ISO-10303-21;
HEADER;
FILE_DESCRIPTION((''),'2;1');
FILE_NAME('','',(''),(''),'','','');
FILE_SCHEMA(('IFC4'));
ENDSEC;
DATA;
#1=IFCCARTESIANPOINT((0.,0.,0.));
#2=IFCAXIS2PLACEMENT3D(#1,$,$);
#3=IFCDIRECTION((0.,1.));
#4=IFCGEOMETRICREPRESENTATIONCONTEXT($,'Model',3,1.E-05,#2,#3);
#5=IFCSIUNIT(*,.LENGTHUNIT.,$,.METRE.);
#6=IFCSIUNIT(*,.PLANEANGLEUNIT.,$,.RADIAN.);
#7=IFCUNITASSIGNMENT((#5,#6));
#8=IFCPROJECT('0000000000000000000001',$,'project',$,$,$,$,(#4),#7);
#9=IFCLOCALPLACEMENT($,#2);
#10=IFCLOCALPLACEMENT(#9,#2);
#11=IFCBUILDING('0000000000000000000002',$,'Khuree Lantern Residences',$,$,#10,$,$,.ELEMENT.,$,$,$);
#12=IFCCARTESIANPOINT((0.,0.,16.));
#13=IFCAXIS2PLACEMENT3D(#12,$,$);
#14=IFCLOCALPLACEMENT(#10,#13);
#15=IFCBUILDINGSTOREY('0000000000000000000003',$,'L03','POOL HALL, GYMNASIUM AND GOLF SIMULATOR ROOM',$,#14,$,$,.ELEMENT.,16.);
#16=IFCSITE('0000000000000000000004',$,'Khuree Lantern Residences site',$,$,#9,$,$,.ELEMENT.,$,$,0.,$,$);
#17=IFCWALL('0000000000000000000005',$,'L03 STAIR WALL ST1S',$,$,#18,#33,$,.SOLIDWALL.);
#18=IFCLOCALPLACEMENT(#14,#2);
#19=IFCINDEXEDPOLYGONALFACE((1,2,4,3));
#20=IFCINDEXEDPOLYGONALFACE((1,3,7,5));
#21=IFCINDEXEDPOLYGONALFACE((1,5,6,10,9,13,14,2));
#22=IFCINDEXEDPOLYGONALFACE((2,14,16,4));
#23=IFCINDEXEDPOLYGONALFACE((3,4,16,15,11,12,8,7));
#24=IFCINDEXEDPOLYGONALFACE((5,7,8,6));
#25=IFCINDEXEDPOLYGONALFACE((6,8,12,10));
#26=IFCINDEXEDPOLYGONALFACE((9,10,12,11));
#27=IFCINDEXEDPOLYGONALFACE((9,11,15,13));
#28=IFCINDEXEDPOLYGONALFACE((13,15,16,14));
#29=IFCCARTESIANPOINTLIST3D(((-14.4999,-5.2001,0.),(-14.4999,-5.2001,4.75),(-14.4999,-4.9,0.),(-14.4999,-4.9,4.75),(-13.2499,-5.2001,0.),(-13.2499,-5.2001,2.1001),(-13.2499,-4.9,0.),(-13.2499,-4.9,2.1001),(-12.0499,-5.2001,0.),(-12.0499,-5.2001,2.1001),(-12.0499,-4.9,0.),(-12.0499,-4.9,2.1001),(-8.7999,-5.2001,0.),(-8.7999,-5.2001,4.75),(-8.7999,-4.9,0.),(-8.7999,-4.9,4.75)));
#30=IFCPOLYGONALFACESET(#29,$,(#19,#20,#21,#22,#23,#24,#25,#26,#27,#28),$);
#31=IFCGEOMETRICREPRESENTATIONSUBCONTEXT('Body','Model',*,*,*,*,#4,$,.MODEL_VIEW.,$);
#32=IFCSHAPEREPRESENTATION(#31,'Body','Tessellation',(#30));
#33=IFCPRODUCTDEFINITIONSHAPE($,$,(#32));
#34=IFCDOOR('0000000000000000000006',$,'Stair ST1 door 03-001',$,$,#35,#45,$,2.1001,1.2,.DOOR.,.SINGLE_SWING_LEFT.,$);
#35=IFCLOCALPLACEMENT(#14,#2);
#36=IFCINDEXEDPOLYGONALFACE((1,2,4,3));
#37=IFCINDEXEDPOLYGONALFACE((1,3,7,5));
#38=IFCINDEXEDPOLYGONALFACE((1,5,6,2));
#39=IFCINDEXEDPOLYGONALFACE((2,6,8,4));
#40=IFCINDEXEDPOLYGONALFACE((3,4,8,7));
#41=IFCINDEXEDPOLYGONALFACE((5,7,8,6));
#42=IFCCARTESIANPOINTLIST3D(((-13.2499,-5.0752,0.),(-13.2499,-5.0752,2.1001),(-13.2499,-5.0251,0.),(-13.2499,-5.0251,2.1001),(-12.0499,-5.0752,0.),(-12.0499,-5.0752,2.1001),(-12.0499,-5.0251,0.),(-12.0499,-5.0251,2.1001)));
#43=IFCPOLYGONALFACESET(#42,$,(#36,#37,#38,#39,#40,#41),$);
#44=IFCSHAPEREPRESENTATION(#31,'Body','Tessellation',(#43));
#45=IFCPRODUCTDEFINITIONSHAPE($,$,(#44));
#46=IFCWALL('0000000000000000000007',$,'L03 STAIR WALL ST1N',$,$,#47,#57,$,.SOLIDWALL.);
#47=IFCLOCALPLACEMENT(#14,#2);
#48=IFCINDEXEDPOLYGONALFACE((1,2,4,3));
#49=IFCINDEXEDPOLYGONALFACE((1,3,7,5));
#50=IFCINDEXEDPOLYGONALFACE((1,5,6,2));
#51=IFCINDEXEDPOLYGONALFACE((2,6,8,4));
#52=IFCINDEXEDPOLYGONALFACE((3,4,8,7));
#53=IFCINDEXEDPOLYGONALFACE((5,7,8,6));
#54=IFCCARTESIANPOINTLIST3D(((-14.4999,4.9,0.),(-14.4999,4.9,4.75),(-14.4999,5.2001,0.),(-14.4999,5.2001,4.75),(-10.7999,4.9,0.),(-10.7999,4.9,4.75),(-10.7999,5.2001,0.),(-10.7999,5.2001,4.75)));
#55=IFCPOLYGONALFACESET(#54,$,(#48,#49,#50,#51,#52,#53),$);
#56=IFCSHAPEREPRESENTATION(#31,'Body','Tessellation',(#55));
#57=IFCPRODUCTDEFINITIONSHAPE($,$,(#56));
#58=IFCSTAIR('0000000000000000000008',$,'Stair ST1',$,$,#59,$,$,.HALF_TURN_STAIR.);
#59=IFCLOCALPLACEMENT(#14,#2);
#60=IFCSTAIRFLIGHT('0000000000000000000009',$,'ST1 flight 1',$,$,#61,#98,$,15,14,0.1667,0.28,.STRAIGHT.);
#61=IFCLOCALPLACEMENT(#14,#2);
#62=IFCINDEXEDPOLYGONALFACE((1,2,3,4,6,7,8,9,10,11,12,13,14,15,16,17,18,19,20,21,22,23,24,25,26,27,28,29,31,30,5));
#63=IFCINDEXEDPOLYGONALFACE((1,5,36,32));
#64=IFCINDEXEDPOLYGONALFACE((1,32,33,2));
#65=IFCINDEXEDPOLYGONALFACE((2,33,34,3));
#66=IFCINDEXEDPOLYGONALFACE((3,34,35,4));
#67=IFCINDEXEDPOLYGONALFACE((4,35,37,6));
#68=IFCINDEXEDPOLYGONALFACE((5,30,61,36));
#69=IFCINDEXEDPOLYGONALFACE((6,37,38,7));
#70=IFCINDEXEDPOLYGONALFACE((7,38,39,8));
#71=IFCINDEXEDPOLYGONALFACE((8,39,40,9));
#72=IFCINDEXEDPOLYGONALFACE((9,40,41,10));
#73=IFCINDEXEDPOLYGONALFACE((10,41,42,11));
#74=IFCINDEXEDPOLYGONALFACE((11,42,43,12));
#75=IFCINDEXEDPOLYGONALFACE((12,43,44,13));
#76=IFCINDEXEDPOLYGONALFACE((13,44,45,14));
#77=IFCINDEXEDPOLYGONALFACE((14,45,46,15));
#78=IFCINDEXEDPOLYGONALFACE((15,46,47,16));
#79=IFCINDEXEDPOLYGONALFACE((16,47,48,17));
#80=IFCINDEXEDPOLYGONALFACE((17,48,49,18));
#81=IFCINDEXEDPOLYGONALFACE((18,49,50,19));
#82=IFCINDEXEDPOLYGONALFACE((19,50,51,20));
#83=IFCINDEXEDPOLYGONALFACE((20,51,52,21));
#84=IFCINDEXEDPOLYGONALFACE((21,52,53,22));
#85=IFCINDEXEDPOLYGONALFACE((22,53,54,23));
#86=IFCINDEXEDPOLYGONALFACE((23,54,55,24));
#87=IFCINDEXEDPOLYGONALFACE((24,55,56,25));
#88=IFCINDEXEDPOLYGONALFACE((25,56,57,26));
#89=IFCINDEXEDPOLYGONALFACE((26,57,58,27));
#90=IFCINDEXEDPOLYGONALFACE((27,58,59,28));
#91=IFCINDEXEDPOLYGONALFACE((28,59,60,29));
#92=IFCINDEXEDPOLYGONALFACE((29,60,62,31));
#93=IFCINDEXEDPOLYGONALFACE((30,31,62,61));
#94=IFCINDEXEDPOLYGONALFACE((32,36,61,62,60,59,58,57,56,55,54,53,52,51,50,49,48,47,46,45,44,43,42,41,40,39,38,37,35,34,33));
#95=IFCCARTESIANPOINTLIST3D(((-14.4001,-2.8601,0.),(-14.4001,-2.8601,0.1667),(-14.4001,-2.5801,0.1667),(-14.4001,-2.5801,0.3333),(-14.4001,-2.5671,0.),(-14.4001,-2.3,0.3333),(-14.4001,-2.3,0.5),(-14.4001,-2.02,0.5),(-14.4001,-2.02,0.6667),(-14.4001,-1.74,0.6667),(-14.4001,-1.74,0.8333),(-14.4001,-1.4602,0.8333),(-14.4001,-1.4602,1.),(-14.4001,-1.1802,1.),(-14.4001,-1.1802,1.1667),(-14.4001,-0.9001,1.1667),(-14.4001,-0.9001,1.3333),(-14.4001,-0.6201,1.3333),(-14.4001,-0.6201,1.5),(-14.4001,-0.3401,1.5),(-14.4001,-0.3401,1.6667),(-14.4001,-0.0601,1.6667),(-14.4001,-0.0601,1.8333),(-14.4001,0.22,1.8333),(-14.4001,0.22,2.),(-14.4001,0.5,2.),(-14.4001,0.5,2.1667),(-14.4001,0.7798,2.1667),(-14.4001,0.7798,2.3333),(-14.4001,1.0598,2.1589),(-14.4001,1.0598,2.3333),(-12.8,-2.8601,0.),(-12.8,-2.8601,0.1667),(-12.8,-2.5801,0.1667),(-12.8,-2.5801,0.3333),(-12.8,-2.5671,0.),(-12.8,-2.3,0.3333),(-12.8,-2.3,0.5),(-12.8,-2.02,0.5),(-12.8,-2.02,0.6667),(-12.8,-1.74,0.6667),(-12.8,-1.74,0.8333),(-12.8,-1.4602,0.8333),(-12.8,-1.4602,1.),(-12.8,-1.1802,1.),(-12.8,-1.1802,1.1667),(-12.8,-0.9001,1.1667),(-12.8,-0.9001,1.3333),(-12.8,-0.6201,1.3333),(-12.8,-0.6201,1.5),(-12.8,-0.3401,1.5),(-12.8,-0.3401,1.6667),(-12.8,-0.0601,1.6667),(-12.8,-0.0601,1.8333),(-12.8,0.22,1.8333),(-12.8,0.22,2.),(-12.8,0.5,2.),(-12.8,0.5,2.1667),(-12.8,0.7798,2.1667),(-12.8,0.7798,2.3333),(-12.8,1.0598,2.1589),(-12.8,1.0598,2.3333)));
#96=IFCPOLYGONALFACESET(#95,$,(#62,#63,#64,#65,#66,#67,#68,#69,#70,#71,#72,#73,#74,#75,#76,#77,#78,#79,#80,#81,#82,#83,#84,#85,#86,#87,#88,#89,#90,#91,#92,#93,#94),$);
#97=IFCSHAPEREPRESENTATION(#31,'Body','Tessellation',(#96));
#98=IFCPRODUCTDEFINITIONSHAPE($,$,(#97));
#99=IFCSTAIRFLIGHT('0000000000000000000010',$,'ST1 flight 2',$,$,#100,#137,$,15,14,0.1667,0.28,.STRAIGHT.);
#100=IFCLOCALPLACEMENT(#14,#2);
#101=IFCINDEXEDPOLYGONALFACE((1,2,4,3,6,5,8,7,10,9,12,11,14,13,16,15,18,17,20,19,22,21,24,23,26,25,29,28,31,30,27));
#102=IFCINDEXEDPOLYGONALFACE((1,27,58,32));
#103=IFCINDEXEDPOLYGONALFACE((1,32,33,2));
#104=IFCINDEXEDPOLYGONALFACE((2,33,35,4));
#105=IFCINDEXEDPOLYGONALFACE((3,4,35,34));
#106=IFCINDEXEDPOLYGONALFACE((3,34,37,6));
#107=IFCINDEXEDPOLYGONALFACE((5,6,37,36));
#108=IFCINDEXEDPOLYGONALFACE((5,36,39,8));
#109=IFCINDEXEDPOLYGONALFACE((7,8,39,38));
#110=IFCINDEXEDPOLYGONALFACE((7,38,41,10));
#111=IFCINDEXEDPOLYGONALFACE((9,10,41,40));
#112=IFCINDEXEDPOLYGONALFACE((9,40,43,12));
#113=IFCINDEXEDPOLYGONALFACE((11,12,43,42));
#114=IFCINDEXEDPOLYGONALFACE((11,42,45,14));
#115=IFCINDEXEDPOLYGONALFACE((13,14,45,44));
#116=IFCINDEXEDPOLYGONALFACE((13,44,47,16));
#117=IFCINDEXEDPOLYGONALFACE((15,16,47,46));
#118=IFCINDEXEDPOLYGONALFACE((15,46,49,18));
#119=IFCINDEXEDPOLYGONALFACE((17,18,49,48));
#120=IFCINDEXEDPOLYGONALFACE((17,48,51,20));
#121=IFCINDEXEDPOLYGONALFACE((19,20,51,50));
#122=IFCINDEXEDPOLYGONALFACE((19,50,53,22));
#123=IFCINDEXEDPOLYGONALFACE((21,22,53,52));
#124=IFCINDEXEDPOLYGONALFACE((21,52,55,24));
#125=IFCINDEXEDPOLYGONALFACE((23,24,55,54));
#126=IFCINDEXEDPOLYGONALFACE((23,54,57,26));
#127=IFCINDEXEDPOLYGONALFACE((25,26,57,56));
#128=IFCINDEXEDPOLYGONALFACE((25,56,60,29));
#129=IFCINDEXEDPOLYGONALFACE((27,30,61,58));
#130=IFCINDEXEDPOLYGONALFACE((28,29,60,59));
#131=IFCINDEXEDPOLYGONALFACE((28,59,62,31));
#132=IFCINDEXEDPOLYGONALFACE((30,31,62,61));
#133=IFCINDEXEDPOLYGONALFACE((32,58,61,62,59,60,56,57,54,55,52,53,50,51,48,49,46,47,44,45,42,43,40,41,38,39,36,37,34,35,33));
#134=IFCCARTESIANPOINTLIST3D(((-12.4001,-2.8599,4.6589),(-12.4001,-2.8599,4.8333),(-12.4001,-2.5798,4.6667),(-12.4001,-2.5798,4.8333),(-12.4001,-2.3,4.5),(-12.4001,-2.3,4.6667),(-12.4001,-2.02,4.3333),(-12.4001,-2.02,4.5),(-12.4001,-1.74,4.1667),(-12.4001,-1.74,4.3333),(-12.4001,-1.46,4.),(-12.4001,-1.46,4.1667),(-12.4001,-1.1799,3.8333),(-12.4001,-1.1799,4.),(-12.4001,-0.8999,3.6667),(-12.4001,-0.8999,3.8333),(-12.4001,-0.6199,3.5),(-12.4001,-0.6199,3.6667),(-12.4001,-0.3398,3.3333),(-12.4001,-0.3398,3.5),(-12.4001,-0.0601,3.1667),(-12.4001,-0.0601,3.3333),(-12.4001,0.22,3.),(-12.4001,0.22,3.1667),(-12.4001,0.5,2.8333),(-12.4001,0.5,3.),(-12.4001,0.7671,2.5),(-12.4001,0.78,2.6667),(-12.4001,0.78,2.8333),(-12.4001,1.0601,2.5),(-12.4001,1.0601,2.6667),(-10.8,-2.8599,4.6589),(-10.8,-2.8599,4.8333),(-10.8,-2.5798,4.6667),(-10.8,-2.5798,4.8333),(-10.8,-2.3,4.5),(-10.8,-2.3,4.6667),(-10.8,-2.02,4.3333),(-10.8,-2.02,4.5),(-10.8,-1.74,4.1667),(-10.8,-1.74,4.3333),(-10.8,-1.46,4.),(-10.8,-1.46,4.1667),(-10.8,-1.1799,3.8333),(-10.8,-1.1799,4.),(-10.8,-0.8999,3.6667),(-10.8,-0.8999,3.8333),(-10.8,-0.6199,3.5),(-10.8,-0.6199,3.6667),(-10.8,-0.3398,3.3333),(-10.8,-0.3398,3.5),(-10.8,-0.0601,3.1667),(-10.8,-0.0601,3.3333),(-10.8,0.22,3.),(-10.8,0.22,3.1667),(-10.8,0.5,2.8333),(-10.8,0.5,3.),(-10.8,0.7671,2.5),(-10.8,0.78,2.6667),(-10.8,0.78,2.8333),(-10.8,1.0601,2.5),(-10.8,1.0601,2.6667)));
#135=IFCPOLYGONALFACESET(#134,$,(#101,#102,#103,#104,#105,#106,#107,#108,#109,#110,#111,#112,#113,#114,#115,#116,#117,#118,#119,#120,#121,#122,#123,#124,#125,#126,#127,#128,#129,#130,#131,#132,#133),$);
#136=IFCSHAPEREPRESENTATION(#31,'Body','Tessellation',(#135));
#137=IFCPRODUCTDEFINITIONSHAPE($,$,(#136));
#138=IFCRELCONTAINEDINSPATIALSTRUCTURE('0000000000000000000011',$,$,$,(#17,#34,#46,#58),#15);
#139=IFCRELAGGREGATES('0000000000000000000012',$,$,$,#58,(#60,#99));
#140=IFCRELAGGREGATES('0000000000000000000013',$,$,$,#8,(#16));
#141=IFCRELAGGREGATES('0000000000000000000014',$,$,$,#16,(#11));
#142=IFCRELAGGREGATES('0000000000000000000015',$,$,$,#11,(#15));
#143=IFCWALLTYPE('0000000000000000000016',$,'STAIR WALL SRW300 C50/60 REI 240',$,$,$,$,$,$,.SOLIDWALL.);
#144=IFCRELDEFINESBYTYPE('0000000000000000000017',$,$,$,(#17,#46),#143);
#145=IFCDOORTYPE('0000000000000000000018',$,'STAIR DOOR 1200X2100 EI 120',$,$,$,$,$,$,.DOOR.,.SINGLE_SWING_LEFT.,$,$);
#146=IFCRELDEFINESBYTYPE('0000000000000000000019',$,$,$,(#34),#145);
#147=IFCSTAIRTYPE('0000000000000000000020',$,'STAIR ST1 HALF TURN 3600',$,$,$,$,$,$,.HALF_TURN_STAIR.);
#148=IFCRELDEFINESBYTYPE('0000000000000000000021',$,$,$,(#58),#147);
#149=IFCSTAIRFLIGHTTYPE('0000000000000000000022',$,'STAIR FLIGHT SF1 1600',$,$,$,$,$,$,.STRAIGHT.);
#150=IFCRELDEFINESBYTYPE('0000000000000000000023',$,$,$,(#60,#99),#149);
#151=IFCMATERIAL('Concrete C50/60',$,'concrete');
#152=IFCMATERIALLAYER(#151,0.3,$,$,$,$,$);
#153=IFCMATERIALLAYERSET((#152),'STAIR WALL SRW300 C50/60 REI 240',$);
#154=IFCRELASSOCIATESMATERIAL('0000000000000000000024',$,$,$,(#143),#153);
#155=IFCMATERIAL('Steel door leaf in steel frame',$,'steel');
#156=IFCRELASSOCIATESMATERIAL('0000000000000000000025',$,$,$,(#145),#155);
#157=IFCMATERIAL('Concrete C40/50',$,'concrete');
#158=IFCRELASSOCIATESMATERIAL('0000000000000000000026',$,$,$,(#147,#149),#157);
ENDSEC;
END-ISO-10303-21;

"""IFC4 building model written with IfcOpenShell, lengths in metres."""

from ifc_helpers import new_model, si_unit, direction, frame, frame_2d, origin, place, context, subcontext, project, spatial, polyline, rectangle, outline, extrude, material, layer, layer_set, type_object, element, fill, aggregate, save


model = new_model("IFC4")

# Units and contexts
model_context = context("Model", 3, precision=1e-05, world=origin(), true_north=direction((0.0, 1.0)))
body_context = subcontext(model_context, "Body", "Model", "MODEL_VIEW")
ifc_project = project(units=[si_unit("LENGTHUNIT", "METRE"), si_unit("PLANEANGLEUNIT", "RADIAN")], contexts=[model_context])

# Site, building, storey
site_placement = place(None, origin())
site = spatial("IfcSite", under=ifc_project, at=site_placement, Name="Khuree Lantern Residences site", CompositionType="ELEMENT", RefElevation=0.0)
building_placement = place(site_placement, origin())
building = spatial("IfcBuilding", under=site, at=building_placement, Name="Khuree Lantern Residences", CompositionType="ELEMENT")
storey_placement = place(building_placement, frame((0.0, 0.0, 16.0)))
storey = spatial("IfcBuildingStorey", under=building, at=storey_placement, Name="L03", Description="POOL HALL, GYMNASIUM AND GOLF SIMULATOR ROOM", CompositionType="ELEMENT", Elevation=16.0)

# Shared definitions
ifc_material_1 = material(Name="Steel door leaf in steel frame", Category="steel")

# Shared definitions
ifc_material_2 = material(Name="Concrete C50/60", Category="concrete")
ifc_layer_1 = layer(ifc_material_2, 0.3)
ifc_layer_set_1 = layer_set([ifc_layer_1], Name="STAIR WALL SRW300 C50/60 REI 240")
wall_type_1 = type_object("IfcWallType", Name="STAIR WALL SRW300 C50/60 REI 240", PredefinedType="SOLIDWALL", material=ifc_layer_set_1)

# Wall, opening, door
wall_1_placement = place(storey_placement, frame((-14.5, -5.05, 0.0), z_axis=(0.0, 0.0, 1.0), x_axis=(1.0, 0.0, 0.0)))
wall_1 = element("IfcWall", 1, at=wall_1_placement, inside=storey, type_object=wall_type_1, Name="L03 STAIR WALL ST1S", PredefinedType="SOLIDWALL", context=body_context, shape_type="SweptSolid", body=[
    extrude(rectangle(XDim=5.7, YDim=0.3, at=frame_2d((2.8501, 0.0))), origin(), (0.0, 0.0, 1.0), 4.75),
])
opening_1_placement = place(wall_1_placement, frame((1.25, 0.0, 0.0)))
opening_1 = element("IfcOpeningElement", 2, at=opening_1_placement, cuts=wall_1, PredefinedType="OPENING", context=body_context, shape_type="SweptSolid", body=[
    extrude(rectangle(XDim=1.2, YDim=2.1001, at=frame_2d((0.6001, 1.05))), frame((0.0, 0.1602, 0.0), z_axis=(0.0, -1.0, 0.0), x_axis=(1.0, 0.0, 0.0)), (0.0, 0.0, 1.0), 0.3201),
])
door_type_1 = type_object("IfcDoorType", Name="STAIR DOOR 1200X2100 EI 120", OperationType="SINGLE_SWING_LEFT", PredefinedType="DOOR", material=ifc_material_1)
door_1_placement = place(opening_1_placement, origin())
door_1 = element("IfcDoor", 3, at=door_1_placement, inside=storey, type_object=door_type_1, Name="Stair ST1 door 03-001", OperationType="SINGLE_SWING_LEFT", OverallHeight=2.1001, OverallWidth=1.2, PredefinedType="DOOR", context=body_context, shape_type="SweptSolid", body=[
    extrude(rectangle(XDim=1.2, YDim=2.1001, at=frame_2d((0.6001, 1.05))), frame((0.0, 0.0249, 0.0), z_axis=(0.0, -1.0, 0.0), x_axis=(1.0, 0.0, 0.0)), (0.0, 0.0, 1.0), 0.05),
])
fill(opening_1, door_1)

# Wall
wall_2_placement = place(storey_placement, frame((-14.5, 5.05, 0.0), z_axis=(0.0, 0.0, 1.0), x_axis=(1.0, 0.0, 0.0)))
element("IfcWall", 4, at=wall_2_placement, inside=storey, type_object=wall_type_1, Name="L03 STAIR WALL ST1N", PredefinedType="SOLIDWALL", context=body_context, shape_type="SweptSolid", body=[
    extrude(rectangle(XDim=3.7, YDim=0.3, at=frame_2d((1.8501, 0.0))), origin(), (0.0, 0.0, 1.0), 4.75),
])

# Stair, stair flights
ifc_material_3 = material(Name="Concrete C40/50", Category="concrete")
stair_type = type_object("IfcStairType", Name="STAIR ST1 HALF TURN 3600", PredefinedType="HALF_TURN_STAIR", material=ifc_material_3)
stair_placement = place(storey_placement, origin())
stair = element("IfcStair", 5, at=stair_placement, inside=storey, type_object=stair_type, Name="Stair ST1", PredefinedType="HALF_TURN_STAIR")
stair_flight_type = type_object("IfcStairFlightType", Name="STAIR FLIGHT SF1 1600", PredefinedType="STRAIGHT", material=ifc_material_3)
stair_flight_1_placement = place(storey_placement, frame((-13.6001, -2.8601, 0.0), z_axis=(0.0, 0.0, 1.0), x_axis=(0.0, 1.0, 0.0)))
stair_flight_1 = element("IfcStairFlight", 6, at=stair_flight_1_placement, type_object=stair_flight_type, Name="ST1 flight 1", NumberOfRisers=15, NumberOfTreads=14, PredefinedType="STRAIGHT", RiserHeight=0.1667, TreadLength=0.28, context=body_context, shape_type="SweptSolid", body=[
    extrude(outline(polyline([(0.0, 0.0), (0.0, 0.1667), (0.28, 0.1667), (0.28, 0.3333), (0.5601, 0.3333), (0.5601, 0.5), (0.8401, 0.5), (0.8401, 0.6667), (1.1201, 0.6667), (1.1201, 0.8333), (1.3999, 0.8333), (1.3999, 1.0), (1.6799, 1.0), (1.6799, 1.1667), (1.96, 1.1667), (1.96, 1.3333), (2.24, 1.3333), (2.24, 1.5), (2.52, 1.5), (2.52, 1.6667), (2.8, 1.6667), (2.8, 1.8333), (3.0801, 1.8333), (3.0801, 2.0), (3.3601, 2.0), (3.3601, 2.1667), (3.6399, 2.1667), (3.6399, 2.3333), (3.9199, 2.3333), (3.9199, 2.5), (3.9199, 2.1589), (0.293, 0.0), (0.0, 0.0)])), frame((0.0, 0.8, 0.0), z_axis=(0.0, -1.0, 0.0), x_axis=(1.0, 0.0, 0.0)), (0.0, 0.0, 1.0), 1.6001),
])
stair_flight_2_placement = place(storey_placement, frame((-11.6001, 1.0601, 2.5), z_axis=(0.0, 0.0, 1.0), x_axis=(0.0, -1.0, 0.0)))
stair_flight_2 = element("IfcStairFlight", 7, at=stair_flight_2_placement, type_object=stair_flight_type, Name="ST1 flight 2", NumberOfRisers=15, NumberOfTreads=14, PredefinedType="STRAIGHT", RiserHeight=0.1667, TreadLength=0.28, context=body_context, shape_type="SweptSolid", body=[
    extrude(outline(polyline([(0.0, 0.0), (0.0, 0.1667), (0.28, 0.1667), (0.28, 0.3333), (0.5601, 0.3333), (0.5601, 0.5), (0.8401, 0.5), (0.8401, 0.6667), (1.1201, 0.6667), (1.1201, 0.8333), (1.3999, 0.8333), (1.3999, 1.0), (1.6799, 1.0), (1.6799, 1.1667), (1.96, 1.1667), (1.96, 1.3333), (2.24, 1.3333), (2.24, 1.5), (2.52, 1.5), (2.52, 1.6667), (2.8, 1.6667), (2.8, 1.8333), (3.0801, 1.8333), (3.0801, 2.0), (3.3601, 2.0), (3.3601, 2.1667), (3.6399, 2.1667), (3.6399, 2.3333), (3.9199, 2.3333), (3.9199, 2.5), (3.9199, 2.1589), (0.293, 0.0), (0.0, 0.0)])), frame((0.0, 0.8, 0.0), z_axis=(0.0, -1.0, 0.0), x_axis=(1.0, 0.0, 0.0)), (0.0, 0.0, 1.0), 1.6001),
])
aggregate(stair, [stair_flight_1, stair_flight_2])

save(model, "model.ifc")
